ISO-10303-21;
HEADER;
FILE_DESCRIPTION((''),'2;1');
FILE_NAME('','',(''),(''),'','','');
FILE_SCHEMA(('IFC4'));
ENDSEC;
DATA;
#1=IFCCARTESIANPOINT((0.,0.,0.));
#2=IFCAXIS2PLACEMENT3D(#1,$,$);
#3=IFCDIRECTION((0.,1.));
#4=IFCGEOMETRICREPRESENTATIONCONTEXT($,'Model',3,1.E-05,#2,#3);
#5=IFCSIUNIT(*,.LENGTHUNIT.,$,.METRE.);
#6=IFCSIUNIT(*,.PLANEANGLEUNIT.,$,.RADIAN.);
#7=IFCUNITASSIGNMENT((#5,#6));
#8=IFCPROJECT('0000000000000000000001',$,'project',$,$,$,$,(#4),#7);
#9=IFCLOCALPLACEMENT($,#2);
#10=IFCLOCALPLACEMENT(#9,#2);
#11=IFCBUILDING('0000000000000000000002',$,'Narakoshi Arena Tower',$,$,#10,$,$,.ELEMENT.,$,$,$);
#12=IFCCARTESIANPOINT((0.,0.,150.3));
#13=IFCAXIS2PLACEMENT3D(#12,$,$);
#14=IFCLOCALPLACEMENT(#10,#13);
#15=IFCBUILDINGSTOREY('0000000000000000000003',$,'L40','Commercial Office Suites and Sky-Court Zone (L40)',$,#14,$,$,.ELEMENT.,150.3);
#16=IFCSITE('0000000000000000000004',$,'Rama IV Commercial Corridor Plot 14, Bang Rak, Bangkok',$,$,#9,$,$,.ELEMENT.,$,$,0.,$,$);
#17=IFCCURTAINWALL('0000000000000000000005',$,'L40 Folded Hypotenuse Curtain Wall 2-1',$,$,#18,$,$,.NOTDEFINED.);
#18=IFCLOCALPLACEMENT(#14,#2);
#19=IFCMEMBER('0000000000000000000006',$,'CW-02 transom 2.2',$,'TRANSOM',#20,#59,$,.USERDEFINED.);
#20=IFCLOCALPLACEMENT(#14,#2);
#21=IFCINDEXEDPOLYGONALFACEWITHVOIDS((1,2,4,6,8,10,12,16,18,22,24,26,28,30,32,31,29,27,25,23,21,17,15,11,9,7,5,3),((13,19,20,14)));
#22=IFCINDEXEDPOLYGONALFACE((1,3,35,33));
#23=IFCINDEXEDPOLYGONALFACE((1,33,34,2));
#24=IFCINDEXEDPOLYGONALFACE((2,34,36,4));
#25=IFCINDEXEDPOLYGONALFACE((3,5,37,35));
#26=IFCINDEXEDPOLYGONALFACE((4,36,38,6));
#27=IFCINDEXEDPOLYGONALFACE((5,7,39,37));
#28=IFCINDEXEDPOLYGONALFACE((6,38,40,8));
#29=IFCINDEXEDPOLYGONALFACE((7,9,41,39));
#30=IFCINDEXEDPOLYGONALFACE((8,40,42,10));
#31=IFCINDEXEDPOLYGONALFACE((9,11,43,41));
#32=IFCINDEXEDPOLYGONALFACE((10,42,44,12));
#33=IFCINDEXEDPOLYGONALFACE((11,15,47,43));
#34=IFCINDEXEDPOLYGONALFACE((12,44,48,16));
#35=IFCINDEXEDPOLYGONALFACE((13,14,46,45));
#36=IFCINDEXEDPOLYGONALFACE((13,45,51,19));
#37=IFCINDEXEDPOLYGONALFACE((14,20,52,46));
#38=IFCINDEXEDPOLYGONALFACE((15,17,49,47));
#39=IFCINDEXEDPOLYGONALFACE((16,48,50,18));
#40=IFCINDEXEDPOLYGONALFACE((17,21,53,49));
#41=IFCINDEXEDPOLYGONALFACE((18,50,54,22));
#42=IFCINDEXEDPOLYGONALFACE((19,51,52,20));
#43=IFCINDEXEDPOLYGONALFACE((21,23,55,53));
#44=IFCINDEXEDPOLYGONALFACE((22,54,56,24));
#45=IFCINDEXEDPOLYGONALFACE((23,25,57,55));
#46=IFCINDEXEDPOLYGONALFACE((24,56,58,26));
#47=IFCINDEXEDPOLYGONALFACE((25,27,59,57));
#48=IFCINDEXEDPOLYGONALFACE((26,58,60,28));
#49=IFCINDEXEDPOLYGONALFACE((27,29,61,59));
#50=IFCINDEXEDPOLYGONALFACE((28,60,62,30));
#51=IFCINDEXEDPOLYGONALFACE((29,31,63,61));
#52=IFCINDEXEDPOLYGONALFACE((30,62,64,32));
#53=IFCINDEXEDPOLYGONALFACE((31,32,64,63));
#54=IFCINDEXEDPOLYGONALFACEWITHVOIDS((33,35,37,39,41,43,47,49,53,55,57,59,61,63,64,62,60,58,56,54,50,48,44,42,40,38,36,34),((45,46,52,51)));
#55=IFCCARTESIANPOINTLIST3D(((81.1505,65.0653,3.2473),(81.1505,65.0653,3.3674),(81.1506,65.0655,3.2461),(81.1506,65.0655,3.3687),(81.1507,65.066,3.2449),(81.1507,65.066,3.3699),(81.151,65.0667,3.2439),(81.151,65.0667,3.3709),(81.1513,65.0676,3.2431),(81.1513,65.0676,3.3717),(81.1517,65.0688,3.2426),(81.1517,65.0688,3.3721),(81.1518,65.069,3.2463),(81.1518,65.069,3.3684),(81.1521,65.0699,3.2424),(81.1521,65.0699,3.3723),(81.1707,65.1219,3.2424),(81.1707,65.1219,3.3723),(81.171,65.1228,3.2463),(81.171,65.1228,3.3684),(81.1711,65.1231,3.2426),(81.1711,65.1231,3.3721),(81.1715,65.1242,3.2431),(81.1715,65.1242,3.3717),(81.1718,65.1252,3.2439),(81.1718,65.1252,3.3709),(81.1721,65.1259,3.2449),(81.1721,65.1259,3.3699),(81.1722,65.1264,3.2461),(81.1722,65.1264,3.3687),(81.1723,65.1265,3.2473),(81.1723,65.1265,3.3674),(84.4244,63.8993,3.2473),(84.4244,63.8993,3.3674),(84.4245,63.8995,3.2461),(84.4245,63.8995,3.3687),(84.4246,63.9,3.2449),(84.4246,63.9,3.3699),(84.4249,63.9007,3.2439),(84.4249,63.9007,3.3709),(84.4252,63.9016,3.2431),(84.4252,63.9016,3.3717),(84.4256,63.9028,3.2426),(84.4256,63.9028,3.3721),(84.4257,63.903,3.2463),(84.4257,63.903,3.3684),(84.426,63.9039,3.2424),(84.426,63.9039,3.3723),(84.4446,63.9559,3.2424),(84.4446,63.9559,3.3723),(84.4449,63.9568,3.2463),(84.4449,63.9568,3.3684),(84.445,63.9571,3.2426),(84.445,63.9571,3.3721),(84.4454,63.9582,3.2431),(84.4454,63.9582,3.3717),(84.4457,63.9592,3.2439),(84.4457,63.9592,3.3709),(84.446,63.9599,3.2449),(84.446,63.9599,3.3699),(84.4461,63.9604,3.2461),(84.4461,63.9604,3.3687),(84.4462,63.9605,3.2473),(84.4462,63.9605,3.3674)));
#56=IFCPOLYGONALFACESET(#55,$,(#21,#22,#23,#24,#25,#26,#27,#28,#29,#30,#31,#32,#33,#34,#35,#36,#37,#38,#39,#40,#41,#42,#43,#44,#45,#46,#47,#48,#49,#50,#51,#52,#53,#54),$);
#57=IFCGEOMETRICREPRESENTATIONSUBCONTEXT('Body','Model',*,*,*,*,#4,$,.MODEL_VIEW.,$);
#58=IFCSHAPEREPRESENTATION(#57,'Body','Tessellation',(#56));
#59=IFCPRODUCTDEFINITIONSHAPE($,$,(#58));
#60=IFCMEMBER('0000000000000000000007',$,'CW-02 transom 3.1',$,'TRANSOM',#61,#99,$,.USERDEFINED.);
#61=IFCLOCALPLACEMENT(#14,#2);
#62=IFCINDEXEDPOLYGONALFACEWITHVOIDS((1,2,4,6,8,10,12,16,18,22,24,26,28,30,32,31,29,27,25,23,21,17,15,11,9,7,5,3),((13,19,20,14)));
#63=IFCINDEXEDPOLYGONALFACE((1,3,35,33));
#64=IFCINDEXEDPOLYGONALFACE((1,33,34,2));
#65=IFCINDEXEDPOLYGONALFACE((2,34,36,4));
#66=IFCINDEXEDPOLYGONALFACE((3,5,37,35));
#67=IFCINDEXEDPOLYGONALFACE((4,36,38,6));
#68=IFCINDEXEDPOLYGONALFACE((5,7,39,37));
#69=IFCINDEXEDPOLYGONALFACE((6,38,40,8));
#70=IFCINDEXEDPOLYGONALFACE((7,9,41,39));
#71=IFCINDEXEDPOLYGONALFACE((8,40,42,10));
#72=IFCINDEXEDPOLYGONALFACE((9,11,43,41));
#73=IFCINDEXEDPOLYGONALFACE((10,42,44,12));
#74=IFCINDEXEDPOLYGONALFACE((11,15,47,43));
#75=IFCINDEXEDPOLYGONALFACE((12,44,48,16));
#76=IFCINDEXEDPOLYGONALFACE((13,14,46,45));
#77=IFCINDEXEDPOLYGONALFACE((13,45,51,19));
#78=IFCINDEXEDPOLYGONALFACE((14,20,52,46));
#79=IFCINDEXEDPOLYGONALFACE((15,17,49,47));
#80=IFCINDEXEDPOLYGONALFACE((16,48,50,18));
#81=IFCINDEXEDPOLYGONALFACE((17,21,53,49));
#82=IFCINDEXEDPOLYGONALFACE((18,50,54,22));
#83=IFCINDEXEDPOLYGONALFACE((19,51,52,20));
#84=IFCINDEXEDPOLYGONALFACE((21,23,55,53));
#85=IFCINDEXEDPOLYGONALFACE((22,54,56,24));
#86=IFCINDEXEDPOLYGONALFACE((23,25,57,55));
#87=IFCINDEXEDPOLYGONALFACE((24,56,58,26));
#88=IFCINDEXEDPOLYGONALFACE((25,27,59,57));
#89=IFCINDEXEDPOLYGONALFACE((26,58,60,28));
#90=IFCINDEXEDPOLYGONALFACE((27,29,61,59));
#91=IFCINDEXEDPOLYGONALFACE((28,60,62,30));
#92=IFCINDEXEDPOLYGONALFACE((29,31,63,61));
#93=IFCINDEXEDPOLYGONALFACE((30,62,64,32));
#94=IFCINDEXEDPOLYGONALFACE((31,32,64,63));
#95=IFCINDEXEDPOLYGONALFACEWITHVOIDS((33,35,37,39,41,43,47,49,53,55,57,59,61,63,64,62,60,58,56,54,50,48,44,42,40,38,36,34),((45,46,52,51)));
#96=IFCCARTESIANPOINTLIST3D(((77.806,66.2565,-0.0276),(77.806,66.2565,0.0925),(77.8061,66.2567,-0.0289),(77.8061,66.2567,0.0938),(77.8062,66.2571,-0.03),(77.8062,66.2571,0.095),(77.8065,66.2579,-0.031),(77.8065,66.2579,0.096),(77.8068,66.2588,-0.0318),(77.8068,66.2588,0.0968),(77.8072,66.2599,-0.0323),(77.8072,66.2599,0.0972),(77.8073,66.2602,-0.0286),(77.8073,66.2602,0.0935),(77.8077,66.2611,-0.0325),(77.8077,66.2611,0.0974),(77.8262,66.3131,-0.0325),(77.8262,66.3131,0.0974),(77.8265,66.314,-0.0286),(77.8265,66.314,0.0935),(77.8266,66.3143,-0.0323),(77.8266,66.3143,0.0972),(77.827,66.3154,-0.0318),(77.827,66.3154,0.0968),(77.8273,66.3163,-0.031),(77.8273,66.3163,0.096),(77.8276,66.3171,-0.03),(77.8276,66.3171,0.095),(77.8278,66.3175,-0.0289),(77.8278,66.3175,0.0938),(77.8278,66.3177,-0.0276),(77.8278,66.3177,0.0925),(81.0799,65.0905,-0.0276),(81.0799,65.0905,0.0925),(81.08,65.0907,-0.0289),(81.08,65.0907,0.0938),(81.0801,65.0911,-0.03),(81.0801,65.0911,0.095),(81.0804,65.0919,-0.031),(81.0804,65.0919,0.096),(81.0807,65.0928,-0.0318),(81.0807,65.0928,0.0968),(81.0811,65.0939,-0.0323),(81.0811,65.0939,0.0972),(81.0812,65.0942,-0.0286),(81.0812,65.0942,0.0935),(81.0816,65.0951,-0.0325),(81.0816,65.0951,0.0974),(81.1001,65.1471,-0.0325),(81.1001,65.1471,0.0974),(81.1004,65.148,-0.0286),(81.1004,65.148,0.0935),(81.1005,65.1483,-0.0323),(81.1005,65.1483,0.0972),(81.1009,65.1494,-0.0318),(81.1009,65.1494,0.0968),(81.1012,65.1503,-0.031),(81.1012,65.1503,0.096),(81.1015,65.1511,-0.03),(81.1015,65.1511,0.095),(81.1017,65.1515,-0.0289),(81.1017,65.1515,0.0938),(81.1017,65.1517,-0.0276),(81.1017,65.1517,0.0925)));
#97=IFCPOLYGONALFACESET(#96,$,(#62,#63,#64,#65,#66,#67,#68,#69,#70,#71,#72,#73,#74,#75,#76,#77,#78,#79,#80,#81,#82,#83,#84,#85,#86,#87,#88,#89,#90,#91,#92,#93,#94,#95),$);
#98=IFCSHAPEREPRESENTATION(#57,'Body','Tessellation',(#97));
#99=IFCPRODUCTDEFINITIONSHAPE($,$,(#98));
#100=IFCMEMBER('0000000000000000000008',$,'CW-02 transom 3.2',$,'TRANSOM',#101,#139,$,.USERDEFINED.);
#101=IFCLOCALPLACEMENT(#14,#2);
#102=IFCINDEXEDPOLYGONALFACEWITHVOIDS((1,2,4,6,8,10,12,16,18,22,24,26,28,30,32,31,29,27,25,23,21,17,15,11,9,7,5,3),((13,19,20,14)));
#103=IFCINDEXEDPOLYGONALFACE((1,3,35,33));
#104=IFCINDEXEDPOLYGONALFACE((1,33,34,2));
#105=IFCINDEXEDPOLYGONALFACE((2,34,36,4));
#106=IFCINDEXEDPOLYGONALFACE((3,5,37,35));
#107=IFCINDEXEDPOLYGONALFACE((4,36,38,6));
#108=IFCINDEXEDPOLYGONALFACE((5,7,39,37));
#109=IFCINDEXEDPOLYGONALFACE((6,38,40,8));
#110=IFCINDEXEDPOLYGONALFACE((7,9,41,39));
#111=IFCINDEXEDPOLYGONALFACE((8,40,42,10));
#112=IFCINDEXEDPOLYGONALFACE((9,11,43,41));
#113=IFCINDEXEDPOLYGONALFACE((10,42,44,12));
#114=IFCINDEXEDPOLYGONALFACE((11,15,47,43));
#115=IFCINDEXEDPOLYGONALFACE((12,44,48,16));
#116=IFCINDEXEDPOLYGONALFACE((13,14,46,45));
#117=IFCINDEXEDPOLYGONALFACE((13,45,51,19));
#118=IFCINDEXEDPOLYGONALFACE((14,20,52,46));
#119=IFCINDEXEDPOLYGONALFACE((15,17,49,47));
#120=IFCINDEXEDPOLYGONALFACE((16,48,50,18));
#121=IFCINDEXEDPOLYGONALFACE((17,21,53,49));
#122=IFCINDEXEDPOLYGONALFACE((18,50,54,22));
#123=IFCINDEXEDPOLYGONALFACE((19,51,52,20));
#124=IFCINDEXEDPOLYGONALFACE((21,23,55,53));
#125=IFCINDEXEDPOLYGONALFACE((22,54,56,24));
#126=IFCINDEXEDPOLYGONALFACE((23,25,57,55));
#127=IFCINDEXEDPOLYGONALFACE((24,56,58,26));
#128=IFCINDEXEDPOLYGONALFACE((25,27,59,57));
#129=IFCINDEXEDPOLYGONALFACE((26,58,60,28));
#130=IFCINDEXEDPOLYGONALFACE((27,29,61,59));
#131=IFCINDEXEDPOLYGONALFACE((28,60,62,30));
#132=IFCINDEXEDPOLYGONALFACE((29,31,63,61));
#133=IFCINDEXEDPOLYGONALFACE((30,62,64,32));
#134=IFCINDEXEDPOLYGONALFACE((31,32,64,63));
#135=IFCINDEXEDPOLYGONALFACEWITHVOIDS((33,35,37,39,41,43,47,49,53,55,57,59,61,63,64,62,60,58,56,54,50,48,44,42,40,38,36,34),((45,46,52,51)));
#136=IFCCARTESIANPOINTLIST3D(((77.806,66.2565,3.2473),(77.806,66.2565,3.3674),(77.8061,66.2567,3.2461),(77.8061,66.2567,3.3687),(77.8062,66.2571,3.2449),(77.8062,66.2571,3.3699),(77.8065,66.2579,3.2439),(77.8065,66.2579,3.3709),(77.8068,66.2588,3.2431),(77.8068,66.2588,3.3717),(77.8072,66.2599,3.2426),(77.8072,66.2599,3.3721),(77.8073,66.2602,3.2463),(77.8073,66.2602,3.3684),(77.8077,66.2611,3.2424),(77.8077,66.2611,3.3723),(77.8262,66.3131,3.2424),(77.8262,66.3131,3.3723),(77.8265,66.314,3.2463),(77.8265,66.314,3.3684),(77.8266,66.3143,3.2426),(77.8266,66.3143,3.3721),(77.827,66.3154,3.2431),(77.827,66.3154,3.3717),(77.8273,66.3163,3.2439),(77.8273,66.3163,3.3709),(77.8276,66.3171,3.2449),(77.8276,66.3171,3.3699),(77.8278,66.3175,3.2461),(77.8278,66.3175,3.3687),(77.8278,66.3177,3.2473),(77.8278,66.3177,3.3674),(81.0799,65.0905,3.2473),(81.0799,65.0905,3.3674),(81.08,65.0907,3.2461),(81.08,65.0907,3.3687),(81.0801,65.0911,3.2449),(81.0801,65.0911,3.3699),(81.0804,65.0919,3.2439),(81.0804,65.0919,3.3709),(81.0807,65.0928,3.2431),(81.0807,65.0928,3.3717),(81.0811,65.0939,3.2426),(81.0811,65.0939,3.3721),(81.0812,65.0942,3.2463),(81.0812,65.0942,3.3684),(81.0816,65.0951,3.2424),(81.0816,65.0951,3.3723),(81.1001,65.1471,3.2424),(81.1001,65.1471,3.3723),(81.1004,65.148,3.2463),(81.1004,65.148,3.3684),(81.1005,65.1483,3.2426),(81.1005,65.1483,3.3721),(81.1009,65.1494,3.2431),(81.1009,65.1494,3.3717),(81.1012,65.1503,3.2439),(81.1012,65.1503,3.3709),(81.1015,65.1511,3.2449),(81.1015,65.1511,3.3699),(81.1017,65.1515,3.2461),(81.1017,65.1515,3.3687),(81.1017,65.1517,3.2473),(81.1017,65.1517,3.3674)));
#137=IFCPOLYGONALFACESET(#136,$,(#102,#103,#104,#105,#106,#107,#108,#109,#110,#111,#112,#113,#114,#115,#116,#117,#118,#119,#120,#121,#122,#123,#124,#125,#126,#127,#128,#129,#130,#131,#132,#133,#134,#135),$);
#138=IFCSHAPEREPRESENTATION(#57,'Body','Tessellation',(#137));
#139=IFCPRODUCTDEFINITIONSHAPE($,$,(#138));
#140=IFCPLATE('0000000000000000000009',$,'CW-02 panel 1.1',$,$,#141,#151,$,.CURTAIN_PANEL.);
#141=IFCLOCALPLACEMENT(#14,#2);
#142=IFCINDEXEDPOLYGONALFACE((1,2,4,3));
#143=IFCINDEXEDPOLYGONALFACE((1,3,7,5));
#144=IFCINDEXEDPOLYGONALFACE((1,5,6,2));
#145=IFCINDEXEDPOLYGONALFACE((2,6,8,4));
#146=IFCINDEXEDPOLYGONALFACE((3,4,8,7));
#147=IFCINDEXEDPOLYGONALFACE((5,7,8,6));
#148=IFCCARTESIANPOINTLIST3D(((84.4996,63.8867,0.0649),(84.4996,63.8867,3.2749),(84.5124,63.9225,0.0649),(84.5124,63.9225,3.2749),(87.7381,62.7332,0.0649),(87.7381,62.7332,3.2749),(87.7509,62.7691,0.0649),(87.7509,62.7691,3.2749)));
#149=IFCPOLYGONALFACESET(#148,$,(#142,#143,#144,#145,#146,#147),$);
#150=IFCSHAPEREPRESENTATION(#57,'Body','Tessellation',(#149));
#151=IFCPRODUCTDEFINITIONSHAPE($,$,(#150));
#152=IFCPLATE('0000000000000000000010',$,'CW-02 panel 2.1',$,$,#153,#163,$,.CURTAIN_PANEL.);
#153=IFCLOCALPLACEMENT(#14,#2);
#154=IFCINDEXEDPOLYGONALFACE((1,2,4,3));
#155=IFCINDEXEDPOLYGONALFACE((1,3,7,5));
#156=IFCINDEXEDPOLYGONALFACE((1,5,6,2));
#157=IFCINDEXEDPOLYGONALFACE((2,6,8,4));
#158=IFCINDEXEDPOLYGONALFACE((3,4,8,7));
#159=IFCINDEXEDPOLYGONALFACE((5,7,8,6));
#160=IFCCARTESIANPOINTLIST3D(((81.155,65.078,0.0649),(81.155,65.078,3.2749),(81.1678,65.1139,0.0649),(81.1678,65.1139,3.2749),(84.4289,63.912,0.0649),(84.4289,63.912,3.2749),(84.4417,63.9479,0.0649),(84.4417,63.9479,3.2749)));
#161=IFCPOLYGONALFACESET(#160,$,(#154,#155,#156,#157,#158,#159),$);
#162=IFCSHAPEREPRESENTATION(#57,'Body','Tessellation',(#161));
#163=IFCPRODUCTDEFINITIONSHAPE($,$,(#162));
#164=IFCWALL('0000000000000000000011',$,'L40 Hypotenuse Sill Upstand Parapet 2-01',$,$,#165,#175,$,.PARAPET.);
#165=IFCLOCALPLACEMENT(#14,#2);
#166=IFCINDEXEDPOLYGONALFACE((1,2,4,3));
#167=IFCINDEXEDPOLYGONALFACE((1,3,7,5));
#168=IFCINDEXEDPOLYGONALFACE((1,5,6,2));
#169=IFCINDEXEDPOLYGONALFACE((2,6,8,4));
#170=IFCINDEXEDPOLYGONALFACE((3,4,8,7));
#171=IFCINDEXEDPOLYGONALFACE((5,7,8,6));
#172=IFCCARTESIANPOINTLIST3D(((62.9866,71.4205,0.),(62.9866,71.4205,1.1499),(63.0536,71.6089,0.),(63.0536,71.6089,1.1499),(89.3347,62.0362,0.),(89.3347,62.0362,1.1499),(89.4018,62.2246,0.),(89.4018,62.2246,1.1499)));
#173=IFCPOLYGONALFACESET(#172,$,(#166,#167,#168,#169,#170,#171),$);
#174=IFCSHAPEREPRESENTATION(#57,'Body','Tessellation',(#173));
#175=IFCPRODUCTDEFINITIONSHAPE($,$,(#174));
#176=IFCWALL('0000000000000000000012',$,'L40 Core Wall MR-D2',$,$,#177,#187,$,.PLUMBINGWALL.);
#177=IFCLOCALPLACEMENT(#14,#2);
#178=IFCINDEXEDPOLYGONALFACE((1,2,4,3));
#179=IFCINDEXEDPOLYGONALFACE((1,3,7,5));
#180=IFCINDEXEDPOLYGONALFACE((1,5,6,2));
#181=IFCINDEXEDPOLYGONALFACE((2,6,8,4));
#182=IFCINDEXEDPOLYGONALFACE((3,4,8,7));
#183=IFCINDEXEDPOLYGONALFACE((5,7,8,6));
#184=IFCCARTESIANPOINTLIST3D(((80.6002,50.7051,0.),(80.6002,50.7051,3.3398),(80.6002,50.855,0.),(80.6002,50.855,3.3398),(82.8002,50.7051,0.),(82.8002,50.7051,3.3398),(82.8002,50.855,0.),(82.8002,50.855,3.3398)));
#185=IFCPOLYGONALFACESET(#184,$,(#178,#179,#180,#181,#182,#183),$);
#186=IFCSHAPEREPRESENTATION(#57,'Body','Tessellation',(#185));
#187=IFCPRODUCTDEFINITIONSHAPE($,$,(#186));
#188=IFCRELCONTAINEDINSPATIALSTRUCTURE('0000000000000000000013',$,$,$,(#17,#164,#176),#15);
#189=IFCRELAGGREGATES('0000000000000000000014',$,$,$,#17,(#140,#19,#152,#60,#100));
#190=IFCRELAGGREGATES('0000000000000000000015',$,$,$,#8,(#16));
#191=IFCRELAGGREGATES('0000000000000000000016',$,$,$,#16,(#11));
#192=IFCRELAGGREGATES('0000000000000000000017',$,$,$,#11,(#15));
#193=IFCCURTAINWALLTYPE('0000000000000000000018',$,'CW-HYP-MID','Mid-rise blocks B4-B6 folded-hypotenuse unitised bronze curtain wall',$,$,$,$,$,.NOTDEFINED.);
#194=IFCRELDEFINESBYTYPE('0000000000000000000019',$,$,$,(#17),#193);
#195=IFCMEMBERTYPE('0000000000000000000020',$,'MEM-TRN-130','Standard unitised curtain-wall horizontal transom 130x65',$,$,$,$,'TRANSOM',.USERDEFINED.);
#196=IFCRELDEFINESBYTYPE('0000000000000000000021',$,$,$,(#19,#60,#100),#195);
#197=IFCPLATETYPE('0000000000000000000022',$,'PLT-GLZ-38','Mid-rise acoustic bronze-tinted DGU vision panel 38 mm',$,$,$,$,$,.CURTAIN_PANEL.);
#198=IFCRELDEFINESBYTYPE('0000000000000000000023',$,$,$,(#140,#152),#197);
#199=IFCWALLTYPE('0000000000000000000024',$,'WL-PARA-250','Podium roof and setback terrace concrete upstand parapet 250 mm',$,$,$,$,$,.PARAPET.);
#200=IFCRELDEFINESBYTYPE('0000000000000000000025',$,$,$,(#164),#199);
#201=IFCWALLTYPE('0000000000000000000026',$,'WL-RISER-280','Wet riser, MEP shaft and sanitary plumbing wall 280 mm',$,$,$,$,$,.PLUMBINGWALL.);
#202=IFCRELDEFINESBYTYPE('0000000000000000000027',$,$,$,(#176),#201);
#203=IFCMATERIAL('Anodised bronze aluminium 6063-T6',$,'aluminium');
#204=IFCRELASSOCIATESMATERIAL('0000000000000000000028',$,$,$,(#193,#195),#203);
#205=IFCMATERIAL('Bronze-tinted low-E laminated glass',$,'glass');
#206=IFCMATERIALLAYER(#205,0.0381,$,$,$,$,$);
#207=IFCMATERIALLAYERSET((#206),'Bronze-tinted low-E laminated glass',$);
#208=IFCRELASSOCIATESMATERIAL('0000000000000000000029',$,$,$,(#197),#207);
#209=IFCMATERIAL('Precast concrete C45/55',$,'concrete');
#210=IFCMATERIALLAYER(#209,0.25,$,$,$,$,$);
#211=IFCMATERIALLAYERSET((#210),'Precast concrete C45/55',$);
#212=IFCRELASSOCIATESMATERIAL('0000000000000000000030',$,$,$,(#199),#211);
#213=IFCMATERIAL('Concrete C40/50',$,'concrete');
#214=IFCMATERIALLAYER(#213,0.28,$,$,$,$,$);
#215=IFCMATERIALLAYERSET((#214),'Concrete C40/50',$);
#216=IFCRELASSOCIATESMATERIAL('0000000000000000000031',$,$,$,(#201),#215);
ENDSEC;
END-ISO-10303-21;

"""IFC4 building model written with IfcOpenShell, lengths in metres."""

from ifc_helpers import new_model, si_unit, direction, frame, frame_2d, origin, origin_2d, place, context, subcontext, project, spatial, rectangle, hollow_rectangle, extrude, material, layer, layer_set, material_profile, profile_set, type_object, element, aggregate, save


model = new_model("IFC4")

# Units and contexts
model_context = context("Model", 3, precision=1e-05, world=origin(), true_north=direction((0.0, 1.0)))
body_context = subcontext(model_context, "Body", "Model", "MODEL_VIEW")
ifc_project = project(units=[si_unit("LENGTHUNIT", "METRE"), si_unit("PLANEANGLEUNIT", "RADIAN")], contexts=[model_context])

# Site, building, storey
site_placement = place(None, origin())
site = spatial("IfcSite", under=ifc_project, at=site_placement, Name="Rama IV Commercial Corridor Plot 14, Bang Rak, Bangkok", CompositionType="ELEMENT", RefElevation=0.0)
building_placement = place(site_placement, origin())
building = spatial("IfcBuilding", under=site, at=building_placement, Name="Narakoshi Arena Tower", CompositionType="ELEMENT")
storey_placement = place(building_placement, frame((0.0, 0.0, 150.3)))
storey = spatial("IfcBuildingStorey", under=building, at=storey_placement, Name="L40", Description="Commercial Office Suites and Sky-Court Zone (L40)", CompositionType="ELEMENT", Elevation=150.3)

# Curtain wall, members, plates
ifc_material_1 = material(Name="Anodised bronze aluminium 6063-T6", Category="aluminium")
curtain_wall_type = type_object("IfcCurtainWallType", Name="CW-HYP-MID", Description="Mid-rise blocks B4-B6 folded-hypotenuse unitised bronze curtain wall", PredefinedType="NOTDEFINED", material=ifc_material_1)
curtain_wall_placement = place(storey_placement, origin())
curtain_wall = element("IfcCurtainWall", 1, at=curtain_wall_placement, inside=storey, type_object=curtain_wall_type, Name="L40 Folded Hypotenuse Curtain Wall 2-1", PredefinedType="NOTDEFINED")
ifc_material_profile_1 = material_profile(ifc_material_1, hollow_rectangle(XDim=0.0649, YDim=0.1299, WallThickness=0.0039, OuterFilletRadius=0.0049, at=origin_2d()), Name="TRN130x65x4")
ifc_profile_set_1 = profile_set([ifc_material_profile_1], Name="Anodised bronze aluminium 6063-T6")
member_type_1 = type_object("IfcMemberType", Name="MEM-TRN-130", Description="Standard unitised curtain-wall horizontal transom 130x65", ElementType="TRANSOM", PredefinedType="USERDEFINED", material=ifc_profile_set_1)
member_1_placement = place(storey_placement, frame((84.4353, 63.9299, 3.3074), z_axis=(-0.942037, 0.335509, 0.0), x_axis=(-0.335509, -0.942037, 0.0)))
member_1 = element("IfcMember", 2, at=member_1_placement, type_object=member_type_1, Name="CW-02 transom 2.2", ObjectType="TRANSOM", PredefinedType="USERDEFINED", context=body_context, shape_type="SweptSolid", body=[
    extrude(hollow_rectangle(XDim=0.0649, YDim=0.1299, WallThickness=0.0039, OuterFilletRadius=0.0049, at=origin_2d()), origin(), (0.0, 0.0, 1.0), 3.4753),
])
member_2_placement = place(storey_placement, frame((81.0908, 65.1211, 0.0325), z_axis=(-0.942037, 0.335509, 0.0), x_axis=(-0.335509, -0.942037, 0.0)))
member_2 = element("IfcMember", 3, at=member_2_placement, type_object=member_type_1, Name="CW-02 transom 3.1", ObjectType="TRANSOM", PredefinedType="USERDEFINED", context=body_context, shape_type="SweptSolid", body=[
    extrude(hollow_rectangle(XDim=0.0649, YDim=0.1299, WallThickness=0.0039, OuterFilletRadius=0.0049, at=origin_2d()), origin(), (0.0, 0.0, 1.0), 3.4753),
])
member_3_placement = place(storey_placement, frame((81.0908, 65.1211, 3.3074), z_axis=(-0.942037, 0.335509, 0.0), x_axis=(-0.335509, -0.942037, 0.0)))
member_3 = element("IfcMember", 4, at=member_3_placement, type_object=member_type_1, Name="CW-02 transom 3.2", ObjectType="TRANSOM", PredefinedType="USERDEFINED", context=body_context, shape_type="SweptSolid", body=[
    extrude(hollow_rectangle(XDim=0.0649, YDim=0.1299, WallThickness=0.0039, OuterFilletRadius=0.0049, at=origin_2d()), origin(), (0.0, 0.0, 1.0), 3.4753),
])
ifc_material_2 = material(Name="Bronze-tinted low-E laminated glass", Category="glass")
ifc_layer_1 = layer(ifc_material_2, 0.0381)
ifc_layer_set_1 = layer_set([ifc_layer_1], Name="Bronze-tinted low-E laminated glass")
plate_type = type_object("IfcPlateType", Name="PLT-GLZ-38", Description="Mid-rise acoustic bronze-tinted DGU vision panel 38 mm", PredefinedType="CURTAIN_PANEL", material=ifc_layer_set_1)
plate_1_placement = place(storey_placement, frame((86.1252, 63.3279, 0.0649), z_axis=(0.0, 0.0, 1.0), x_axis=(-0.942034, 0.335518, 0.0)))
plate_1 = element("IfcPlate", 5, at=plate_1_placement, type_object=plate_type, Name="CW-02 panel 1.1", PredefinedType="CURTAIN_PANEL", context=body_context, shape_type="SweptSolid", body=[
    extrude(rectangle(XDim=3.4377, YDim=0.0381, at=origin_2d()), origin(), (0.0, 0.0, 1.0), 3.21),
])
plate_2_placement = place(storey_placement, frame((82.7983, 64.5129, 0.0649), z_axis=(0.0, 0.0, 1.0), x_axis=(-0.942034, 0.335518, 0.0)))
plate_2 = element("IfcPlate", 6, at=plate_2_placement, type_object=plate_type, Name="CW-02 panel 2.1", PredefinedType="CURTAIN_PANEL", context=body_context, shape_type="SweptSolid", body=[
    extrude(rectangle(XDim=3.4753, YDim=0.0381, at=origin_2d()), origin(), (0.0, 0.0, 1.0), 3.21),
])
aggregate(curtain_wall, [plate_1, member_1, plate_2, member_2, member_3])

# Walls
ifc_material_3 = material(Name="Precast concrete C45/55", Category="concrete")
ifc_layer_2 = layer(ifc_material_3, 0.25)
ifc_layer_set_2 = layer_set([ifc_layer_2], Name="Precast concrete C45/55")
wall_type_1 = type_object("IfcWallType", Name="WL-PARA-250", Description="Podium roof and setback terrace concrete upstand parapet 250 mm", PredefinedType="PARAPET", material=ifc_layer_set_2)
wall_1_placement = place(storey_placement, frame((89.3684, 62.1304, 0.0), z_axis=(0.0, 0.0, 1.0), x_axis=(-0.942033, 0.335519, 0.0)))
element("IfcWall", 7, at=wall_1_placement, inside=storey, type_object=wall_type_1, Name="L40 Hypotenuse Sill Upstand Parapet 2-01", PredefinedType="PARAPET", context=body_context, shape_type="SweptSolid", body=[
    extrude(rectangle(XDim=27.9695, YDim=0.2, at=frame_2d((13.9849, 0.0))), origin(), (0.0, 0.0, 1.0), 1.1499),
])
ifc_material_4 = material(Name="Concrete C40/50", Category="concrete")
ifc_layer_3 = layer(ifc_material_4, 0.28)
ifc_layer_set_3 = layer_set([ifc_layer_3], Name="Concrete C40/50")
wall_type_2 = type_object("IfcWallType", Name="WL-RISER-280", Description="Wet riser, MEP shaft and sanitary plumbing wall 280 mm", PredefinedType="PLUMBINGWALL", material=ifc_layer_set_3)
wall_2_placement = place(storey_placement, frame((80.6001, 50.78, 0.0), z_axis=(0.0, 0.0, 1.0), x_axis=(1.0, 0.0, 0.0)))
element("IfcWall", 8, at=wall_2_placement, inside=storey, type_object=wall_type_2, Name="L40 Core Wall MR-D2", PredefinedType="PLUMBINGWALL", context=body_context, shape_type="SweptSolid", body=[
    extrude(rectangle(XDim=2.2, YDim=0.1499, at=frame_2d((1.1001, 0.0))), origin(), (0.0, 0.0, 1.0), 3.3398),
])

save(model, "model.ifc")
